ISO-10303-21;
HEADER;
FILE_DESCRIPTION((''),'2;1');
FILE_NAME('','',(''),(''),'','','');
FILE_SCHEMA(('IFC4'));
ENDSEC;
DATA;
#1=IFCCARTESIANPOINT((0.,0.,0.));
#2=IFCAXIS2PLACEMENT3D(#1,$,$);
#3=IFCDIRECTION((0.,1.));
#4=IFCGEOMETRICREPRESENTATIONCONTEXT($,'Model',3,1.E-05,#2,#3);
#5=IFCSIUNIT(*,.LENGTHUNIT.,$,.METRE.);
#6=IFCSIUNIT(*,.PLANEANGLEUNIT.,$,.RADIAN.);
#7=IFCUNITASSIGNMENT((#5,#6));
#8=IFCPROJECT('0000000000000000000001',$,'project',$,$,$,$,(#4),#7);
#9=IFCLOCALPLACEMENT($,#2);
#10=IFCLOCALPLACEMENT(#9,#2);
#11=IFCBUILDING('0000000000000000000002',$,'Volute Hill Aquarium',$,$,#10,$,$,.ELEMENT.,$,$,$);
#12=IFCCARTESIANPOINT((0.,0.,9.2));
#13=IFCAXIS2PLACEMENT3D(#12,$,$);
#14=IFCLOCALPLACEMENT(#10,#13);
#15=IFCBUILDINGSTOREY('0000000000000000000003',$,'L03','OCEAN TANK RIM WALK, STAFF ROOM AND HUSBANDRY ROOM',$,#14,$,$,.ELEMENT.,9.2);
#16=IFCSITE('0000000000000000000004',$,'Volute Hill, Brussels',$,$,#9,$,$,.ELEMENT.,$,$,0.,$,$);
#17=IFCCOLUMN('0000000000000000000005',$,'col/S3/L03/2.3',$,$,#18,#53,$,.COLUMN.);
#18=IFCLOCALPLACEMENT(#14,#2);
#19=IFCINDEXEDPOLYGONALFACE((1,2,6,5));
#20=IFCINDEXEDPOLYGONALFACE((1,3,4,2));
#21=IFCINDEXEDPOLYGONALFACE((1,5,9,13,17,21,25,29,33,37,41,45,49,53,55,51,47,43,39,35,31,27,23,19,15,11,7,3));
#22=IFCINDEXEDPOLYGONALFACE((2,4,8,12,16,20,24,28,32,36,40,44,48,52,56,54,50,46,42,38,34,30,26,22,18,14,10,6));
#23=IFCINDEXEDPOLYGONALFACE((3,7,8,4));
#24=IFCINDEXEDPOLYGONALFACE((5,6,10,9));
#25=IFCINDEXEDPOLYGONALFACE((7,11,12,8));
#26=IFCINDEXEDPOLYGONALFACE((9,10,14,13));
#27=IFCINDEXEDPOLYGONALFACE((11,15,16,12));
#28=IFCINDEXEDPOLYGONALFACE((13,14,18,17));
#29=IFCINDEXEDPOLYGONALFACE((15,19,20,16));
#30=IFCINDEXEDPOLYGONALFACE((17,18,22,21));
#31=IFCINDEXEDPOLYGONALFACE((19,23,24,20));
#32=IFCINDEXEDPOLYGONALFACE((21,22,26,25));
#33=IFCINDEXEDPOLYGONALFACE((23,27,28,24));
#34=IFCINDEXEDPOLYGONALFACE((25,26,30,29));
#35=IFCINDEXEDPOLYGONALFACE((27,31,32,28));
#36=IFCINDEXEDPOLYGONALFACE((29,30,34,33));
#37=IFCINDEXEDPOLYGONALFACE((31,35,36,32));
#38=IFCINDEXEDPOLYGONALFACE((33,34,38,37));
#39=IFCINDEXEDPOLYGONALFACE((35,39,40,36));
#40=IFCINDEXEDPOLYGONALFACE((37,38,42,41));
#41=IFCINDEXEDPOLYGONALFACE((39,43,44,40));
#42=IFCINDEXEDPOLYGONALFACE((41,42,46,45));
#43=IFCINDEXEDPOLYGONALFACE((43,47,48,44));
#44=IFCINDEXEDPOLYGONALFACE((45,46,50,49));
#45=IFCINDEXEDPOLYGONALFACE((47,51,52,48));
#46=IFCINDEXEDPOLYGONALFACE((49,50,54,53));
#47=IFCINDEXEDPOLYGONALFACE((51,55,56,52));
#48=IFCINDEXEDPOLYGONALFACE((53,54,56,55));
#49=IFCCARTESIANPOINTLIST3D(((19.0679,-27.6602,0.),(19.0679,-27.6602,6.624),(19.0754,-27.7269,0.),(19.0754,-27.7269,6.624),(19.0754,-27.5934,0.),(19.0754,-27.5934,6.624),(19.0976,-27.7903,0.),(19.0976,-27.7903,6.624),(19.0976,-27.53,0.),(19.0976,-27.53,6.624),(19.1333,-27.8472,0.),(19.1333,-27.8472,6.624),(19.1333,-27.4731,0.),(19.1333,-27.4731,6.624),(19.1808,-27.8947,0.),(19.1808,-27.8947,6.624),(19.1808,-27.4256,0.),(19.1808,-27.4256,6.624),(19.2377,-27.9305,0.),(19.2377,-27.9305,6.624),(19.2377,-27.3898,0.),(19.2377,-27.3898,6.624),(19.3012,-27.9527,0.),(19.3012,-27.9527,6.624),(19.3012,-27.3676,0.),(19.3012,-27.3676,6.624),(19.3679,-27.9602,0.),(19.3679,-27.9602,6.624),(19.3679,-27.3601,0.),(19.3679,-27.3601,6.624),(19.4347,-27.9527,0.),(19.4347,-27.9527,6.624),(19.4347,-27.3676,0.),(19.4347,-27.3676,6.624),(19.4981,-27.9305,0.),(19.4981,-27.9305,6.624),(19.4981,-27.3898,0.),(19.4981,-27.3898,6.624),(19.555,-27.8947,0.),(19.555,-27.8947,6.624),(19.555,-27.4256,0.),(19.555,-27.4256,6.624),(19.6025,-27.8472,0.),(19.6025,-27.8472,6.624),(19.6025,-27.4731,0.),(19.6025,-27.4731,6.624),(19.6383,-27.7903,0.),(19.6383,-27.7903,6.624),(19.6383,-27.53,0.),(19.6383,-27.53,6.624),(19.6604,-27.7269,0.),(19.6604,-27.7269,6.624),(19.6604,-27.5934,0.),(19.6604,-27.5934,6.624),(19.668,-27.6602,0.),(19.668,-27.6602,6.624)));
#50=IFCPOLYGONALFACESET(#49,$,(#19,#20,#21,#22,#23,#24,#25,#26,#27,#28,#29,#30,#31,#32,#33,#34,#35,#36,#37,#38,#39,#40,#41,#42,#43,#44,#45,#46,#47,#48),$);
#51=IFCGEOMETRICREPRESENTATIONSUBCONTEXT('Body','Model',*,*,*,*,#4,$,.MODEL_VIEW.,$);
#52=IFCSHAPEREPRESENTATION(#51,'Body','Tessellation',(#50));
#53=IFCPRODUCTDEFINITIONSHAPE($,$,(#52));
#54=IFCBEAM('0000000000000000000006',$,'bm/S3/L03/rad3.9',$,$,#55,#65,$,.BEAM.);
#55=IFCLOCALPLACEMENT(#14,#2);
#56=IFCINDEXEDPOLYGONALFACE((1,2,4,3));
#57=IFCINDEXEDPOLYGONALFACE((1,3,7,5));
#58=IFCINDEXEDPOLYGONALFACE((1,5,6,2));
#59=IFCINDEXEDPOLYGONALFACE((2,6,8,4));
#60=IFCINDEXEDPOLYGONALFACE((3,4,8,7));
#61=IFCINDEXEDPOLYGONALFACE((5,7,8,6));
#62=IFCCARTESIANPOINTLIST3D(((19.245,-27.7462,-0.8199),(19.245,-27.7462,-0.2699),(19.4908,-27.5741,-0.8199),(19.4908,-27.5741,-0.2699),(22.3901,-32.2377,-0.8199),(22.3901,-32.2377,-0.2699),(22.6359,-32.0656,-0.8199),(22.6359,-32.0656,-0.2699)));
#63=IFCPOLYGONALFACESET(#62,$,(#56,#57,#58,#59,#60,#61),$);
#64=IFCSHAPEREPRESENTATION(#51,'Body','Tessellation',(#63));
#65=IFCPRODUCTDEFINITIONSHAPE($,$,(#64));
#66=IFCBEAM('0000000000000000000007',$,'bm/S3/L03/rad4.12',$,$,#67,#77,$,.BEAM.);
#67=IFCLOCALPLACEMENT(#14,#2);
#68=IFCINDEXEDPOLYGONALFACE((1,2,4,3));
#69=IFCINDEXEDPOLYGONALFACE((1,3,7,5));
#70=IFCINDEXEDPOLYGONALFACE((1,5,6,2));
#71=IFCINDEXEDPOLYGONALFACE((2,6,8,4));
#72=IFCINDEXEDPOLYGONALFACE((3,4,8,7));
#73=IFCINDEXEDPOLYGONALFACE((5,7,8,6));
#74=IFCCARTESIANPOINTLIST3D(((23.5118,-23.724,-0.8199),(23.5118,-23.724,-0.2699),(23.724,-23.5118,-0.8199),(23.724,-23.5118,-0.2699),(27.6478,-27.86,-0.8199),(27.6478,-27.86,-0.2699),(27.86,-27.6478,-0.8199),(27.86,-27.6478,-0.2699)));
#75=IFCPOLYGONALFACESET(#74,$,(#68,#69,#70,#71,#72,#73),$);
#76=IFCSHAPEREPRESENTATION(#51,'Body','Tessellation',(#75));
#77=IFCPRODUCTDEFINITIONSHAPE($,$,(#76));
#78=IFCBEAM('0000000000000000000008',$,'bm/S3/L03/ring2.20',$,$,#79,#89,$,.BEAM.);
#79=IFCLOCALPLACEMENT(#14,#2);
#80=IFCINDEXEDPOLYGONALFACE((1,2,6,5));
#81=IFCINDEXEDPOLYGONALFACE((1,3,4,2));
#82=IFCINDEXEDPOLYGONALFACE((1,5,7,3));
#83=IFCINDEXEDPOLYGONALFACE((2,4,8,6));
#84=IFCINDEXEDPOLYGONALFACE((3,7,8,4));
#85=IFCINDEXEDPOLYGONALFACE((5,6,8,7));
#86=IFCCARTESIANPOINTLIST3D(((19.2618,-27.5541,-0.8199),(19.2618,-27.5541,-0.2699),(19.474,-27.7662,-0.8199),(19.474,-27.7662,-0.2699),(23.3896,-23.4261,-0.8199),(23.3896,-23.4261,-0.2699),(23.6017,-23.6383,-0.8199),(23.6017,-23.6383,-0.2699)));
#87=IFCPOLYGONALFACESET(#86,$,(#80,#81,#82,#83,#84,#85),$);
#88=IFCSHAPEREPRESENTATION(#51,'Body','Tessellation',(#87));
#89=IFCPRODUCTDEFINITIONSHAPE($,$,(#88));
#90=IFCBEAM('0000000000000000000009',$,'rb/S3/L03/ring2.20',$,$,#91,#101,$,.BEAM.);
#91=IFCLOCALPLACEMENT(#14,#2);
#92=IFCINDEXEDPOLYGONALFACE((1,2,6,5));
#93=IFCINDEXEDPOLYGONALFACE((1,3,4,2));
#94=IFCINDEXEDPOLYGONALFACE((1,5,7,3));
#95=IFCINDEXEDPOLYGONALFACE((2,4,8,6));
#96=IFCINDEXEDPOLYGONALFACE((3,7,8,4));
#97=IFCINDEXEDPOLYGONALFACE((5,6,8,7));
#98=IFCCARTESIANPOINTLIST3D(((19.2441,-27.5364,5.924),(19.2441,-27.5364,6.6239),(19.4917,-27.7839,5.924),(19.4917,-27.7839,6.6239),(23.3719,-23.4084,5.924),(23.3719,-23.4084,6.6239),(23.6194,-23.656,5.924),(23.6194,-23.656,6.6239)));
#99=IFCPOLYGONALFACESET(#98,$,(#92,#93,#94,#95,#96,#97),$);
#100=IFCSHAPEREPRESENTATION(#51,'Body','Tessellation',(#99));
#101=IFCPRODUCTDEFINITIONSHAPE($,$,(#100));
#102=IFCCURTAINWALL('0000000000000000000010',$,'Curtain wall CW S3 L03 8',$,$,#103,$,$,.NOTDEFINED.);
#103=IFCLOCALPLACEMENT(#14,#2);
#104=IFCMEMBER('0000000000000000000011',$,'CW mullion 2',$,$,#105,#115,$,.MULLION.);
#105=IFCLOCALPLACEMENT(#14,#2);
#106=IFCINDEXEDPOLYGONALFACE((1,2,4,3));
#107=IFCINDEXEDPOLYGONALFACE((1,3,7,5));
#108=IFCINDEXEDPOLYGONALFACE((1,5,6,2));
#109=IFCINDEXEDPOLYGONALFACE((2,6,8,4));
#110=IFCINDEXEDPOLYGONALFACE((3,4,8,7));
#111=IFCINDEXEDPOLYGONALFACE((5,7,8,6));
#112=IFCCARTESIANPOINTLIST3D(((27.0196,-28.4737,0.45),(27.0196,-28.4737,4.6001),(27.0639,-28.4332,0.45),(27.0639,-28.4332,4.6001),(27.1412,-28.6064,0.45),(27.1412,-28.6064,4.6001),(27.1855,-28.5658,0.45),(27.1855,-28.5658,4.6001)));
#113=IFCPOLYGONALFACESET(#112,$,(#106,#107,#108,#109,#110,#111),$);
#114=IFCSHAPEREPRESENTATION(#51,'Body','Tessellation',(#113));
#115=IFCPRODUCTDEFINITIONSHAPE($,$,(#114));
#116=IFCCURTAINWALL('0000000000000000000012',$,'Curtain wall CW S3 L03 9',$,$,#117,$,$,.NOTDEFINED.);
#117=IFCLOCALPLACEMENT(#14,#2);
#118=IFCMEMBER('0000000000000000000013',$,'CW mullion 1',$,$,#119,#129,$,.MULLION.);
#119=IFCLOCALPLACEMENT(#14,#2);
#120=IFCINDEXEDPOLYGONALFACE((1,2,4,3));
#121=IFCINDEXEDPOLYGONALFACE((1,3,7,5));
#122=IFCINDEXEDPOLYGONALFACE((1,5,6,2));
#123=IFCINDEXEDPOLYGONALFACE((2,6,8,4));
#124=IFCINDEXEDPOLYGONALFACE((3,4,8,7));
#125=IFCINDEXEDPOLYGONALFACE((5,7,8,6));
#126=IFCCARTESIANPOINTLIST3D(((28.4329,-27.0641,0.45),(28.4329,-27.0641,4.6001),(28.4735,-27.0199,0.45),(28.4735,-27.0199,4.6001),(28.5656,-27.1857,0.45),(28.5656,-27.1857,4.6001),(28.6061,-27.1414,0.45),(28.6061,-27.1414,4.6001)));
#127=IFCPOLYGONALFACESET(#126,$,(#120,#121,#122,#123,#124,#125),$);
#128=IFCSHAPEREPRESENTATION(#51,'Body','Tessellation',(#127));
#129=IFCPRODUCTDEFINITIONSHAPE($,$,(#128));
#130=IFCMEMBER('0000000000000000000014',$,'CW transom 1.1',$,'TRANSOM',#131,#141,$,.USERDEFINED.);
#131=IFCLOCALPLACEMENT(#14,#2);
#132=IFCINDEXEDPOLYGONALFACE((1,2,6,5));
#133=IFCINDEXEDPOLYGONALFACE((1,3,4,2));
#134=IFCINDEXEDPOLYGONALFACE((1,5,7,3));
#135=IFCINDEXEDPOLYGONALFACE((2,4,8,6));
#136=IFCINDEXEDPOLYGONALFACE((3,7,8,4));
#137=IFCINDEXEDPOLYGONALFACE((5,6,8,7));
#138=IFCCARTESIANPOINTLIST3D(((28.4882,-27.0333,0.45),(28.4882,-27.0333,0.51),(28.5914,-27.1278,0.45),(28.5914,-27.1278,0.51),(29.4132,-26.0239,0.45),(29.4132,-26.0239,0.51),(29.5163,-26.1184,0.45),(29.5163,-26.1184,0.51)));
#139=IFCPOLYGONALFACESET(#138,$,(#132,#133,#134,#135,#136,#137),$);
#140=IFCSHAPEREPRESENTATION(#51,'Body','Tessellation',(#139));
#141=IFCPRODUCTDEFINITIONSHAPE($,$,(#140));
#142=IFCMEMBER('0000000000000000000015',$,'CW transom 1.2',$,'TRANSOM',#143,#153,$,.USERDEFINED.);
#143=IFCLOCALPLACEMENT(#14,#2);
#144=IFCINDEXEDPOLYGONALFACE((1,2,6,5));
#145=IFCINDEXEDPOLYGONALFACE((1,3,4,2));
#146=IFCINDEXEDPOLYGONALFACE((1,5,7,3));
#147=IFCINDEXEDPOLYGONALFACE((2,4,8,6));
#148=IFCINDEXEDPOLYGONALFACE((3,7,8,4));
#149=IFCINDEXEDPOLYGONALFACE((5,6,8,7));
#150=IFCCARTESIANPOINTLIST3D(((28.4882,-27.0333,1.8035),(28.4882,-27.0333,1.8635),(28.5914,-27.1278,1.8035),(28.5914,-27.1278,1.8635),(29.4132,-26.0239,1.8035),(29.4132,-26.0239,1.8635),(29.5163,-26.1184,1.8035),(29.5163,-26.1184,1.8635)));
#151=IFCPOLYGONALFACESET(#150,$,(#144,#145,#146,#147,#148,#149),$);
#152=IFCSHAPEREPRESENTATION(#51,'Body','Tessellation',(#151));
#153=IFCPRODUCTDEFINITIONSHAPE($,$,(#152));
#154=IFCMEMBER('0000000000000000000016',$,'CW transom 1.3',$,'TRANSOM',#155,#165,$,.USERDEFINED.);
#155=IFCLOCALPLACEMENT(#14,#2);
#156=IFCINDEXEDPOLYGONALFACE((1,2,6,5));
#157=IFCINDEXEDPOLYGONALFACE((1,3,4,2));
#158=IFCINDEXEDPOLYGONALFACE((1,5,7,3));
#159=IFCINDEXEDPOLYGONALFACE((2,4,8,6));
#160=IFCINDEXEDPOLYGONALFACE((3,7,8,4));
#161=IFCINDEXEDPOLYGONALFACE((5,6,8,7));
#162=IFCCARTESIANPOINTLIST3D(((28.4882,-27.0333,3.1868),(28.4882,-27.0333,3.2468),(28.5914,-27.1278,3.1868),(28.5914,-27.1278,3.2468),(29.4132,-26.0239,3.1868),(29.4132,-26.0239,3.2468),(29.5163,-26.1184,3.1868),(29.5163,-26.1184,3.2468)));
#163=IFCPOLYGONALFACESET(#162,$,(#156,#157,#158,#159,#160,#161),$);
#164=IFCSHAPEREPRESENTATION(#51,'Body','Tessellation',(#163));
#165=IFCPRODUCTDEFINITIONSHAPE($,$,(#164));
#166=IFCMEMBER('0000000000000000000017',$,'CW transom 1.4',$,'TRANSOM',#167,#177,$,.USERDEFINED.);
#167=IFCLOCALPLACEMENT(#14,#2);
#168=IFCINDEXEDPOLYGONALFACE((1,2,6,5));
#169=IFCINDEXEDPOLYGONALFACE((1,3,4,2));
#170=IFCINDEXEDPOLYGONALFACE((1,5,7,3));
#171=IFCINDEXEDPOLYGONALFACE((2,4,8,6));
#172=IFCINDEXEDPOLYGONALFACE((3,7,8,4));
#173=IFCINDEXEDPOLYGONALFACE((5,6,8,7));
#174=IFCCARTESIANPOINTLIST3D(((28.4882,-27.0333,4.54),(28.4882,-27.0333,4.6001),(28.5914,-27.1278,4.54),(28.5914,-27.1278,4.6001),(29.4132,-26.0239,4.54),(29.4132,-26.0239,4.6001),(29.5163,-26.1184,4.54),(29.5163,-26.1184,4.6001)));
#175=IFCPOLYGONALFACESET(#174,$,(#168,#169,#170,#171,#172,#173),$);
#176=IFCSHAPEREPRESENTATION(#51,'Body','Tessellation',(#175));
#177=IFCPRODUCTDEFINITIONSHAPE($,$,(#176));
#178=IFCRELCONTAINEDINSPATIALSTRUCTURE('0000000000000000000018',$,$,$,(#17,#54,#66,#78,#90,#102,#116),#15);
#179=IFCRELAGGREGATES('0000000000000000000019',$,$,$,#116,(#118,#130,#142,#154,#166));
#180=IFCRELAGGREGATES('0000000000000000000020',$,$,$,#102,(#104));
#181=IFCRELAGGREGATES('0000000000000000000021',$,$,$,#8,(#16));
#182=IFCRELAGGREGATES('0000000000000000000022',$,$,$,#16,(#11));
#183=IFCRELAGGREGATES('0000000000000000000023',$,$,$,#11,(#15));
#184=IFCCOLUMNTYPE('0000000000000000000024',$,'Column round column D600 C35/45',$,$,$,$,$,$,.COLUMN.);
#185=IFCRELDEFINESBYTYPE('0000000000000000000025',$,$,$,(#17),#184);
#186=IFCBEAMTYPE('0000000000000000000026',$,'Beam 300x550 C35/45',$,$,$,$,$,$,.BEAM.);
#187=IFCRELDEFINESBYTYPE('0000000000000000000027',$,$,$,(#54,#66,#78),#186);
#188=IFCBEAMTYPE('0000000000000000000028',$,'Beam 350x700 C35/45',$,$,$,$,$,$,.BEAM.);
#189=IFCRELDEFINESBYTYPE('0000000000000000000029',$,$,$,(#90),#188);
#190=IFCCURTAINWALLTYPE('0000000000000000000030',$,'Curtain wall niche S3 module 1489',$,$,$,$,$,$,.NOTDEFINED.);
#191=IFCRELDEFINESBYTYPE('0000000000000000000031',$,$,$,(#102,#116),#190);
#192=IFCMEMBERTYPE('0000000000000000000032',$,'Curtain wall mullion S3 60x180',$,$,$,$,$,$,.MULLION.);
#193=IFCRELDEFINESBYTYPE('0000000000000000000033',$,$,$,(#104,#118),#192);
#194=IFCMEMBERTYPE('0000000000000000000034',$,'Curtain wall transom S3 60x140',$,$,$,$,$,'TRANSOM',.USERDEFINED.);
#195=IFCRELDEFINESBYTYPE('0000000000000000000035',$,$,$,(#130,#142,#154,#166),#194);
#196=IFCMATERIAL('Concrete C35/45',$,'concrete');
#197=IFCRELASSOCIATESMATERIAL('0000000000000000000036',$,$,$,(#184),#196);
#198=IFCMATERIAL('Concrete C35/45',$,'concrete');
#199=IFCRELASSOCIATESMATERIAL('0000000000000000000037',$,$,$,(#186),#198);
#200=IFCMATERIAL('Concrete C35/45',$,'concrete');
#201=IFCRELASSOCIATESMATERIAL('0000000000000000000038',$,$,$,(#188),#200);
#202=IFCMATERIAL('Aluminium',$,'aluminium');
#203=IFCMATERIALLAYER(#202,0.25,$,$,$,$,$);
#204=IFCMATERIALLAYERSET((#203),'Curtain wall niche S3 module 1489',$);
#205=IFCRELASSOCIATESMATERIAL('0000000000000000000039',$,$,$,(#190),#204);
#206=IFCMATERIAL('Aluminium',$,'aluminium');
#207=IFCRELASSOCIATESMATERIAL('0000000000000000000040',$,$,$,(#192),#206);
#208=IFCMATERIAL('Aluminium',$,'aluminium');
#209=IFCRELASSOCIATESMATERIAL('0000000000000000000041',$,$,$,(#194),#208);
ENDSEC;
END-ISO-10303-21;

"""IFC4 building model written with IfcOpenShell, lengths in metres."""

from ifc_helpers import new_model, si_unit, direction, frame, origin, origin_2d, place, context, subcontext, project, spatial, rectangle, circle, extrude, material, layer, layer_set, material_profile, profile_set, type_object, element, aggregate, save


model = new_model("IFC4")

# Units and contexts
model_context = context("Model", 3, precision=1e-05, world=origin(), true_north=direction((0.0, 1.0)))
body_context = subcontext(model_context, "Body", "Model", "MODEL_VIEW")
ifc_project = project(units=[si_unit("LENGTHUNIT", "METRE"), si_unit("PLANEANGLEUNIT", "RADIAN")], contexts=[model_context])

# Site, building, storey
site_placement = place(None, origin())
site = spatial("IfcSite", under=ifc_project, at=site_placement, Name="Volute Hill, Brussels", CompositionType="ELEMENT", RefElevation=0.0)
building_placement = place(site_placement, origin())
building = spatial("IfcBuilding", under=site, at=building_placement, Name="Volute Hill Aquarium", CompositionType="ELEMENT")
storey_placement = place(building_placement, frame((0.0, 0.0, 9.2)))
storey = spatial("IfcBuildingStorey", under=building, at=storey_placement, Name="L03", Description="OCEAN TANK RIM WALK, STAFF ROOM AND HUSBANDRY ROOM", CompositionType="ELEMENT", Elevation=9.2)

# Column
ifc_material_1 = material(Name="Concrete C35/45", Category="concrete")
ifc_material_profile_1 = material_profile(ifc_material_1, circle(Radius=0.3, at=origin_2d()), Name="RC round column D600")
ifc_profile_set_1 = profile_set([ifc_material_profile_1], Name="Concrete C35/45")
column_type = type_object("IfcColumnType", Name="Column round column D600 C35/45", PredefinedType="COLUMN", material=ifc_profile_set_1)
column_placement = place(storey_placement, frame((19.3679, -27.6602, 0.0), z_axis=(0.0, 0.0, 1.0), x_axis=(1.0, 0.0, 0.0)))
element("IfcColumn", 1, at=column_placement, inside=storey, type_object=column_type, Name="col/S3/L03/2.3", PredefinedType="COLUMN", context=body_context, shape_type="SweptSolid", body=[
    extrude(circle(Radius=0.3, at=origin_2d()), origin(), (0.0, 0.0, 1.0), 6.624),
])

# Beams
ifc_material_2 = material(Name="Concrete C35/45", Category="concrete")
ifc_material_profile_2 = material_profile(ifc_material_2, rectangle(XDim=0.3, YDim=0.55, at=origin_2d()), Name="RC beam 300x550")
ifc_profile_set_2 = profile_set([ifc_material_profile_2], Name="Concrete C35/45")
beam_type_1 = type_object("IfcBeamType", Name="Beam 300x550 C35/45", PredefinedType="BEAM", material=ifc_profile_set_2)
beam_1_placement = place(storey_placement, frame((19.3679, -27.6602, -0.5449), z_axis=(0.573585, -0.819146, 0.0), x_axis=(0.819146, 0.573585, 0.0)))
element("IfcBeam", 2, at=beam_1_placement, inside=storey, type_object=beam_type_1, Name="bm/S3/L03/rad3.9", PredefinedType="BEAM", context=body_context, shape_type="SweptSolid", body=[
    extrude(rectangle(XDim=0.3, YDim=0.55, at=origin_2d()), origin(), (0.0, 0.0, 1.0), 5.4832),
])
beam_2_placement = place(storey_placement, frame((23.6179, -23.6179, -0.5449), z_axis=(0.707107, -0.707107, 0.0), x_axis=(0.707107, 0.707107, 0.0)))
element("IfcBeam", 3, at=beam_2_placement, inside=storey, type_object=beam_type_1, Name="bm/S3/L03/rad4.12", PredefinedType="BEAM", context=body_context, shape_type="SweptSolid", body=[
    extrude(rectangle(XDim=0.3, YDim=0.55, at=origin_2d()), origin(), (0.0, 0.0, 1.0), 5.8491),
])
beam_3_placement = place(storey_placement, frame((19.3679, -27.6602, -0.5449), z_axis=(0.707086, 0.707128, 0.0), x_axis=(-0.707128, 0.707086, 0.0)))
element("IfcBeam", 4, at=beam_3_placement, inside=storey, type_object=beam_type_1, Name="bm/S3/L03/ring2.20", PredefinedType="BEAM", context=body_context, shape_type="SweptSolid", body=[
    extrude(rectangle(XDim=0.3, YDim=0.55, at=origin_2d()), origin(), (0.0, 0.0, 1.0), 5.8376),
])
ifc_material_3 = material(Name="Concrete C35/45", Category="concrete")
ifc_material_profile_3 = material_profile(ifc_material_3, rectangle(XDim=0.3501, YDim=0.7, at=origin_2d()), Name="RC beam 350x700")
ifc_profile_set_3 = profile_set([ifc_material_profile_3], Name="Concrete C35/45")
beam_type_2 = type_object("IfcBeamType", Name="Beam 350x700 C35/45", PredefinedType="BEAM", material=ifc_profile_set_3)
beam_4_placement = place(storey_placement, frame((19.3679, -27.6602, 6.2739), z_axis=(0.707086, 0.707128, 0.0), x_axis=(-0.707128, 0.707086, 0.0)))
element("IfcBeam", 5, at=beam_4_placement, inside=storey, type_object=beam_type_2, Name="rb/S3/L03/ring2.20", PredefinedType="BEAM", context=body_context, shape_type="SweptSolid", body=[
    extrude(rectangle(XDim=0.3501, YDim=0.7, at=origin_2d()), origin(), (0.0, 0.0, 1.0), 5.8376),
])

# Curtain wall, member
ifc_material_4 = material(Name="Aluminium", Category="aluminium")
ifc_layer_1 = layer(ifc_material_4, 0.25)
ifc_layer_set_1 = layer_set([ifc_layer_1], Name="Curtain wall niche S3 module 1489")
curtain_wall_type = type_object("IfcCurtainWallType", Name="Curtain wall niche S3 module 1489", PredefinedType="NOTDEFINED", material=ifc_layer_set_1)
curtain_wall_1_placement = place(storey_placement, origin())
curtain_wall_1 = element("IfcCurtainWall", 6, at=curtain_wall_1_placement, inside=storey, type_object=curtain_wall_type, Name="Curtain wall CW S3 L03 8", PredefinedType="NOTDEFINED")
ifc_material_5 = material(Name="Aluminium", Category="aluminium")
ifc_material_profile_4 = material_profile(ifc_material_5, rectangle(XDim=0.1799, YDim=0.0601, at=origin_2d()), Name="Curtain wall mullion S3 60x180")
ifc_profile_set_4 = profile_set([ifc_material_profile_4], Name="Aluminium")
member_type_1 = type_object("IfcMemberType", Name="Curtain wall mullion S3 60x180", PredefinedType="MULLION", material=ifc_profile_set_4)
member_1_placement = place(storey_placement, frame((27.1025, -28.5198, 0.45), z_axis=(0.0, 0.0, 1.0), x_axis=(-0.675613, 0.737256, 0.0)))
member_1 = element("IfcMember", 7, at=member_1_placement, type_object=member_type_1, Name="CW mullion 2", PredefinedType="MULLION", context=body_context, shape_type="SweptSolid", body=[
    extrude(rectangle(XDim=0.1799, YDim=0.0601, at=origin_2d()), origin(), (0.0, 0.0, 1.0), 4.1501),
])

# Curtain wall, members
curtain_wall_2_placement = place(storey_placement, origin())
curtain_wall_2 = element("IfcCurtainWall", 8, at=curtain_wall_2_placement, inside=storey, type_object=curtain_wall_type, Name="Curtain wall CW S3 L03 9", PredefinedType="NOTDEFINED")
member_2_placement = place(storey_placement, frame((28.5195, -27.1028, 0.45), z_axis=(0.0, 0.0, 1.0), x_axis=(-0.73726, 0.675609, 0.0)))
member_2 = element("IfcMember", 9, at=member_2_placement, type_object=member_type_1, Name="CW mullion 1", PredefinedType="MULLION", context=body_context, shape_type="SweptSolid", body=[
    extrude(rectangle(XDim=0.1799, YDim=0.0601, at=origin_2d()), origin(), (0.0, 0.0, 1.0), 4.1501),
])
ifc_material_6 = material(Name="Aluminium", Category="aluminium")
ifc_material_profile_5 = material_profile(ifc_material_6, rectangle(XDim=0.1399, YDim=0.0601, at=origin_2d()), Name="Curtain wall transom S3 60x140")
ifc_profile_set_5 = profile_set([ifc_material_profile_5], Name="Aluminium")
member_type_2 = type_object("IfcMemberType", Name="Curtain wall transom S3 60x140", ElementType="TRANSOM", PredefinedType="USERDEFINED", material=ifc_profile_set_5)
member_3_placement = place(storey_placement, frame((28.5398, -27.0806, 0.48), z_axis=(0.675587, 0.73728, 0.0), x_axis=(-0.73728, 0.675587, 0.0)))
member_3 = element("IfcMember", 10, at=member_3_placement, type_object=member_type_2, Name="CW transom 1.1", ObjectType="TRANSOM", PredefinedType="USERDEFINED", context=body_context, shape_type="SweptSolid", body=[
    extrude(rectangle(XDim=0.1399, YDim=0.0601, at=origin_2d()), origin(), (0.0, 0.0, 1.0), 1.3691),
])
member_4_placement = place(storey_placement, frame((28.5398, -27.0806, 1.8335), z_axis=(0.675587, 0.73728, 0.0), x_axis=(-0.73728, 0.675587, 0.0)))
member_4 = element("IfcMember", 11, at=member_4_placement, type_object=member_type_2, Name="CW transom 1.2", ObjectType="TRANSOM", PredefinedType="USERDEFINED", context=body_context, shape_type="SweptSolid", body=[
    extrude(rectangle(XDim=0.1399, YDim=0.0601, at=origin_2d()), origin(), (0.0, 0.0, 1.0), 1.3691),
])
member_5_placement = place(storey_placement, frame((28.5398, -27.0806, 3.2168), z_axis=(0.675587, 0.73728, 0.0), x_axis=(-0.73728, 0.675587, 0.0)))
member_5 = element("IfcMember", 12, at=member_5_placement, type_object=member_type_2, Name="CW transom 1.3", ObjectType="TRANSOM", PredefinedType="USERDEFINED", context=body_context, shape_type="SweptSolid", body=[
    extrude(rectangle(XDim=0.1399, YDim=0.0601, at=origin_2d()), origin(), (0.0, 0.0, 1.0), 1.3691),
])
member_6_placement = place(storey_placement, frame((28.5398, -27.0806, 4.5701), z_axis=(0.675587, 0.73728, 0.0), x_axis=(-0.73728, 0.675587, 0.0)))
member_6 = element("IfcMember", 13, at=member_6_placement, type_object=member_type_2, Name="CW transom 1.4", ObjectType="TRANSOM", PredefinedType="USERDEFINED", context=body_context, shape_type="SweptSolid", body=[
    extrude(rectangle(XDim=0.1399, YDim=0.0601, at=origin_2d()), origin(), (0.0, 0.0, 1.0), 1.3691),
])
aggregate(curtain_wall_2, [member_2, member_3, member_4, member_5, member_6])

aggregate(curtain_wall_1, [member_1])

save(model, "model.ifc")
